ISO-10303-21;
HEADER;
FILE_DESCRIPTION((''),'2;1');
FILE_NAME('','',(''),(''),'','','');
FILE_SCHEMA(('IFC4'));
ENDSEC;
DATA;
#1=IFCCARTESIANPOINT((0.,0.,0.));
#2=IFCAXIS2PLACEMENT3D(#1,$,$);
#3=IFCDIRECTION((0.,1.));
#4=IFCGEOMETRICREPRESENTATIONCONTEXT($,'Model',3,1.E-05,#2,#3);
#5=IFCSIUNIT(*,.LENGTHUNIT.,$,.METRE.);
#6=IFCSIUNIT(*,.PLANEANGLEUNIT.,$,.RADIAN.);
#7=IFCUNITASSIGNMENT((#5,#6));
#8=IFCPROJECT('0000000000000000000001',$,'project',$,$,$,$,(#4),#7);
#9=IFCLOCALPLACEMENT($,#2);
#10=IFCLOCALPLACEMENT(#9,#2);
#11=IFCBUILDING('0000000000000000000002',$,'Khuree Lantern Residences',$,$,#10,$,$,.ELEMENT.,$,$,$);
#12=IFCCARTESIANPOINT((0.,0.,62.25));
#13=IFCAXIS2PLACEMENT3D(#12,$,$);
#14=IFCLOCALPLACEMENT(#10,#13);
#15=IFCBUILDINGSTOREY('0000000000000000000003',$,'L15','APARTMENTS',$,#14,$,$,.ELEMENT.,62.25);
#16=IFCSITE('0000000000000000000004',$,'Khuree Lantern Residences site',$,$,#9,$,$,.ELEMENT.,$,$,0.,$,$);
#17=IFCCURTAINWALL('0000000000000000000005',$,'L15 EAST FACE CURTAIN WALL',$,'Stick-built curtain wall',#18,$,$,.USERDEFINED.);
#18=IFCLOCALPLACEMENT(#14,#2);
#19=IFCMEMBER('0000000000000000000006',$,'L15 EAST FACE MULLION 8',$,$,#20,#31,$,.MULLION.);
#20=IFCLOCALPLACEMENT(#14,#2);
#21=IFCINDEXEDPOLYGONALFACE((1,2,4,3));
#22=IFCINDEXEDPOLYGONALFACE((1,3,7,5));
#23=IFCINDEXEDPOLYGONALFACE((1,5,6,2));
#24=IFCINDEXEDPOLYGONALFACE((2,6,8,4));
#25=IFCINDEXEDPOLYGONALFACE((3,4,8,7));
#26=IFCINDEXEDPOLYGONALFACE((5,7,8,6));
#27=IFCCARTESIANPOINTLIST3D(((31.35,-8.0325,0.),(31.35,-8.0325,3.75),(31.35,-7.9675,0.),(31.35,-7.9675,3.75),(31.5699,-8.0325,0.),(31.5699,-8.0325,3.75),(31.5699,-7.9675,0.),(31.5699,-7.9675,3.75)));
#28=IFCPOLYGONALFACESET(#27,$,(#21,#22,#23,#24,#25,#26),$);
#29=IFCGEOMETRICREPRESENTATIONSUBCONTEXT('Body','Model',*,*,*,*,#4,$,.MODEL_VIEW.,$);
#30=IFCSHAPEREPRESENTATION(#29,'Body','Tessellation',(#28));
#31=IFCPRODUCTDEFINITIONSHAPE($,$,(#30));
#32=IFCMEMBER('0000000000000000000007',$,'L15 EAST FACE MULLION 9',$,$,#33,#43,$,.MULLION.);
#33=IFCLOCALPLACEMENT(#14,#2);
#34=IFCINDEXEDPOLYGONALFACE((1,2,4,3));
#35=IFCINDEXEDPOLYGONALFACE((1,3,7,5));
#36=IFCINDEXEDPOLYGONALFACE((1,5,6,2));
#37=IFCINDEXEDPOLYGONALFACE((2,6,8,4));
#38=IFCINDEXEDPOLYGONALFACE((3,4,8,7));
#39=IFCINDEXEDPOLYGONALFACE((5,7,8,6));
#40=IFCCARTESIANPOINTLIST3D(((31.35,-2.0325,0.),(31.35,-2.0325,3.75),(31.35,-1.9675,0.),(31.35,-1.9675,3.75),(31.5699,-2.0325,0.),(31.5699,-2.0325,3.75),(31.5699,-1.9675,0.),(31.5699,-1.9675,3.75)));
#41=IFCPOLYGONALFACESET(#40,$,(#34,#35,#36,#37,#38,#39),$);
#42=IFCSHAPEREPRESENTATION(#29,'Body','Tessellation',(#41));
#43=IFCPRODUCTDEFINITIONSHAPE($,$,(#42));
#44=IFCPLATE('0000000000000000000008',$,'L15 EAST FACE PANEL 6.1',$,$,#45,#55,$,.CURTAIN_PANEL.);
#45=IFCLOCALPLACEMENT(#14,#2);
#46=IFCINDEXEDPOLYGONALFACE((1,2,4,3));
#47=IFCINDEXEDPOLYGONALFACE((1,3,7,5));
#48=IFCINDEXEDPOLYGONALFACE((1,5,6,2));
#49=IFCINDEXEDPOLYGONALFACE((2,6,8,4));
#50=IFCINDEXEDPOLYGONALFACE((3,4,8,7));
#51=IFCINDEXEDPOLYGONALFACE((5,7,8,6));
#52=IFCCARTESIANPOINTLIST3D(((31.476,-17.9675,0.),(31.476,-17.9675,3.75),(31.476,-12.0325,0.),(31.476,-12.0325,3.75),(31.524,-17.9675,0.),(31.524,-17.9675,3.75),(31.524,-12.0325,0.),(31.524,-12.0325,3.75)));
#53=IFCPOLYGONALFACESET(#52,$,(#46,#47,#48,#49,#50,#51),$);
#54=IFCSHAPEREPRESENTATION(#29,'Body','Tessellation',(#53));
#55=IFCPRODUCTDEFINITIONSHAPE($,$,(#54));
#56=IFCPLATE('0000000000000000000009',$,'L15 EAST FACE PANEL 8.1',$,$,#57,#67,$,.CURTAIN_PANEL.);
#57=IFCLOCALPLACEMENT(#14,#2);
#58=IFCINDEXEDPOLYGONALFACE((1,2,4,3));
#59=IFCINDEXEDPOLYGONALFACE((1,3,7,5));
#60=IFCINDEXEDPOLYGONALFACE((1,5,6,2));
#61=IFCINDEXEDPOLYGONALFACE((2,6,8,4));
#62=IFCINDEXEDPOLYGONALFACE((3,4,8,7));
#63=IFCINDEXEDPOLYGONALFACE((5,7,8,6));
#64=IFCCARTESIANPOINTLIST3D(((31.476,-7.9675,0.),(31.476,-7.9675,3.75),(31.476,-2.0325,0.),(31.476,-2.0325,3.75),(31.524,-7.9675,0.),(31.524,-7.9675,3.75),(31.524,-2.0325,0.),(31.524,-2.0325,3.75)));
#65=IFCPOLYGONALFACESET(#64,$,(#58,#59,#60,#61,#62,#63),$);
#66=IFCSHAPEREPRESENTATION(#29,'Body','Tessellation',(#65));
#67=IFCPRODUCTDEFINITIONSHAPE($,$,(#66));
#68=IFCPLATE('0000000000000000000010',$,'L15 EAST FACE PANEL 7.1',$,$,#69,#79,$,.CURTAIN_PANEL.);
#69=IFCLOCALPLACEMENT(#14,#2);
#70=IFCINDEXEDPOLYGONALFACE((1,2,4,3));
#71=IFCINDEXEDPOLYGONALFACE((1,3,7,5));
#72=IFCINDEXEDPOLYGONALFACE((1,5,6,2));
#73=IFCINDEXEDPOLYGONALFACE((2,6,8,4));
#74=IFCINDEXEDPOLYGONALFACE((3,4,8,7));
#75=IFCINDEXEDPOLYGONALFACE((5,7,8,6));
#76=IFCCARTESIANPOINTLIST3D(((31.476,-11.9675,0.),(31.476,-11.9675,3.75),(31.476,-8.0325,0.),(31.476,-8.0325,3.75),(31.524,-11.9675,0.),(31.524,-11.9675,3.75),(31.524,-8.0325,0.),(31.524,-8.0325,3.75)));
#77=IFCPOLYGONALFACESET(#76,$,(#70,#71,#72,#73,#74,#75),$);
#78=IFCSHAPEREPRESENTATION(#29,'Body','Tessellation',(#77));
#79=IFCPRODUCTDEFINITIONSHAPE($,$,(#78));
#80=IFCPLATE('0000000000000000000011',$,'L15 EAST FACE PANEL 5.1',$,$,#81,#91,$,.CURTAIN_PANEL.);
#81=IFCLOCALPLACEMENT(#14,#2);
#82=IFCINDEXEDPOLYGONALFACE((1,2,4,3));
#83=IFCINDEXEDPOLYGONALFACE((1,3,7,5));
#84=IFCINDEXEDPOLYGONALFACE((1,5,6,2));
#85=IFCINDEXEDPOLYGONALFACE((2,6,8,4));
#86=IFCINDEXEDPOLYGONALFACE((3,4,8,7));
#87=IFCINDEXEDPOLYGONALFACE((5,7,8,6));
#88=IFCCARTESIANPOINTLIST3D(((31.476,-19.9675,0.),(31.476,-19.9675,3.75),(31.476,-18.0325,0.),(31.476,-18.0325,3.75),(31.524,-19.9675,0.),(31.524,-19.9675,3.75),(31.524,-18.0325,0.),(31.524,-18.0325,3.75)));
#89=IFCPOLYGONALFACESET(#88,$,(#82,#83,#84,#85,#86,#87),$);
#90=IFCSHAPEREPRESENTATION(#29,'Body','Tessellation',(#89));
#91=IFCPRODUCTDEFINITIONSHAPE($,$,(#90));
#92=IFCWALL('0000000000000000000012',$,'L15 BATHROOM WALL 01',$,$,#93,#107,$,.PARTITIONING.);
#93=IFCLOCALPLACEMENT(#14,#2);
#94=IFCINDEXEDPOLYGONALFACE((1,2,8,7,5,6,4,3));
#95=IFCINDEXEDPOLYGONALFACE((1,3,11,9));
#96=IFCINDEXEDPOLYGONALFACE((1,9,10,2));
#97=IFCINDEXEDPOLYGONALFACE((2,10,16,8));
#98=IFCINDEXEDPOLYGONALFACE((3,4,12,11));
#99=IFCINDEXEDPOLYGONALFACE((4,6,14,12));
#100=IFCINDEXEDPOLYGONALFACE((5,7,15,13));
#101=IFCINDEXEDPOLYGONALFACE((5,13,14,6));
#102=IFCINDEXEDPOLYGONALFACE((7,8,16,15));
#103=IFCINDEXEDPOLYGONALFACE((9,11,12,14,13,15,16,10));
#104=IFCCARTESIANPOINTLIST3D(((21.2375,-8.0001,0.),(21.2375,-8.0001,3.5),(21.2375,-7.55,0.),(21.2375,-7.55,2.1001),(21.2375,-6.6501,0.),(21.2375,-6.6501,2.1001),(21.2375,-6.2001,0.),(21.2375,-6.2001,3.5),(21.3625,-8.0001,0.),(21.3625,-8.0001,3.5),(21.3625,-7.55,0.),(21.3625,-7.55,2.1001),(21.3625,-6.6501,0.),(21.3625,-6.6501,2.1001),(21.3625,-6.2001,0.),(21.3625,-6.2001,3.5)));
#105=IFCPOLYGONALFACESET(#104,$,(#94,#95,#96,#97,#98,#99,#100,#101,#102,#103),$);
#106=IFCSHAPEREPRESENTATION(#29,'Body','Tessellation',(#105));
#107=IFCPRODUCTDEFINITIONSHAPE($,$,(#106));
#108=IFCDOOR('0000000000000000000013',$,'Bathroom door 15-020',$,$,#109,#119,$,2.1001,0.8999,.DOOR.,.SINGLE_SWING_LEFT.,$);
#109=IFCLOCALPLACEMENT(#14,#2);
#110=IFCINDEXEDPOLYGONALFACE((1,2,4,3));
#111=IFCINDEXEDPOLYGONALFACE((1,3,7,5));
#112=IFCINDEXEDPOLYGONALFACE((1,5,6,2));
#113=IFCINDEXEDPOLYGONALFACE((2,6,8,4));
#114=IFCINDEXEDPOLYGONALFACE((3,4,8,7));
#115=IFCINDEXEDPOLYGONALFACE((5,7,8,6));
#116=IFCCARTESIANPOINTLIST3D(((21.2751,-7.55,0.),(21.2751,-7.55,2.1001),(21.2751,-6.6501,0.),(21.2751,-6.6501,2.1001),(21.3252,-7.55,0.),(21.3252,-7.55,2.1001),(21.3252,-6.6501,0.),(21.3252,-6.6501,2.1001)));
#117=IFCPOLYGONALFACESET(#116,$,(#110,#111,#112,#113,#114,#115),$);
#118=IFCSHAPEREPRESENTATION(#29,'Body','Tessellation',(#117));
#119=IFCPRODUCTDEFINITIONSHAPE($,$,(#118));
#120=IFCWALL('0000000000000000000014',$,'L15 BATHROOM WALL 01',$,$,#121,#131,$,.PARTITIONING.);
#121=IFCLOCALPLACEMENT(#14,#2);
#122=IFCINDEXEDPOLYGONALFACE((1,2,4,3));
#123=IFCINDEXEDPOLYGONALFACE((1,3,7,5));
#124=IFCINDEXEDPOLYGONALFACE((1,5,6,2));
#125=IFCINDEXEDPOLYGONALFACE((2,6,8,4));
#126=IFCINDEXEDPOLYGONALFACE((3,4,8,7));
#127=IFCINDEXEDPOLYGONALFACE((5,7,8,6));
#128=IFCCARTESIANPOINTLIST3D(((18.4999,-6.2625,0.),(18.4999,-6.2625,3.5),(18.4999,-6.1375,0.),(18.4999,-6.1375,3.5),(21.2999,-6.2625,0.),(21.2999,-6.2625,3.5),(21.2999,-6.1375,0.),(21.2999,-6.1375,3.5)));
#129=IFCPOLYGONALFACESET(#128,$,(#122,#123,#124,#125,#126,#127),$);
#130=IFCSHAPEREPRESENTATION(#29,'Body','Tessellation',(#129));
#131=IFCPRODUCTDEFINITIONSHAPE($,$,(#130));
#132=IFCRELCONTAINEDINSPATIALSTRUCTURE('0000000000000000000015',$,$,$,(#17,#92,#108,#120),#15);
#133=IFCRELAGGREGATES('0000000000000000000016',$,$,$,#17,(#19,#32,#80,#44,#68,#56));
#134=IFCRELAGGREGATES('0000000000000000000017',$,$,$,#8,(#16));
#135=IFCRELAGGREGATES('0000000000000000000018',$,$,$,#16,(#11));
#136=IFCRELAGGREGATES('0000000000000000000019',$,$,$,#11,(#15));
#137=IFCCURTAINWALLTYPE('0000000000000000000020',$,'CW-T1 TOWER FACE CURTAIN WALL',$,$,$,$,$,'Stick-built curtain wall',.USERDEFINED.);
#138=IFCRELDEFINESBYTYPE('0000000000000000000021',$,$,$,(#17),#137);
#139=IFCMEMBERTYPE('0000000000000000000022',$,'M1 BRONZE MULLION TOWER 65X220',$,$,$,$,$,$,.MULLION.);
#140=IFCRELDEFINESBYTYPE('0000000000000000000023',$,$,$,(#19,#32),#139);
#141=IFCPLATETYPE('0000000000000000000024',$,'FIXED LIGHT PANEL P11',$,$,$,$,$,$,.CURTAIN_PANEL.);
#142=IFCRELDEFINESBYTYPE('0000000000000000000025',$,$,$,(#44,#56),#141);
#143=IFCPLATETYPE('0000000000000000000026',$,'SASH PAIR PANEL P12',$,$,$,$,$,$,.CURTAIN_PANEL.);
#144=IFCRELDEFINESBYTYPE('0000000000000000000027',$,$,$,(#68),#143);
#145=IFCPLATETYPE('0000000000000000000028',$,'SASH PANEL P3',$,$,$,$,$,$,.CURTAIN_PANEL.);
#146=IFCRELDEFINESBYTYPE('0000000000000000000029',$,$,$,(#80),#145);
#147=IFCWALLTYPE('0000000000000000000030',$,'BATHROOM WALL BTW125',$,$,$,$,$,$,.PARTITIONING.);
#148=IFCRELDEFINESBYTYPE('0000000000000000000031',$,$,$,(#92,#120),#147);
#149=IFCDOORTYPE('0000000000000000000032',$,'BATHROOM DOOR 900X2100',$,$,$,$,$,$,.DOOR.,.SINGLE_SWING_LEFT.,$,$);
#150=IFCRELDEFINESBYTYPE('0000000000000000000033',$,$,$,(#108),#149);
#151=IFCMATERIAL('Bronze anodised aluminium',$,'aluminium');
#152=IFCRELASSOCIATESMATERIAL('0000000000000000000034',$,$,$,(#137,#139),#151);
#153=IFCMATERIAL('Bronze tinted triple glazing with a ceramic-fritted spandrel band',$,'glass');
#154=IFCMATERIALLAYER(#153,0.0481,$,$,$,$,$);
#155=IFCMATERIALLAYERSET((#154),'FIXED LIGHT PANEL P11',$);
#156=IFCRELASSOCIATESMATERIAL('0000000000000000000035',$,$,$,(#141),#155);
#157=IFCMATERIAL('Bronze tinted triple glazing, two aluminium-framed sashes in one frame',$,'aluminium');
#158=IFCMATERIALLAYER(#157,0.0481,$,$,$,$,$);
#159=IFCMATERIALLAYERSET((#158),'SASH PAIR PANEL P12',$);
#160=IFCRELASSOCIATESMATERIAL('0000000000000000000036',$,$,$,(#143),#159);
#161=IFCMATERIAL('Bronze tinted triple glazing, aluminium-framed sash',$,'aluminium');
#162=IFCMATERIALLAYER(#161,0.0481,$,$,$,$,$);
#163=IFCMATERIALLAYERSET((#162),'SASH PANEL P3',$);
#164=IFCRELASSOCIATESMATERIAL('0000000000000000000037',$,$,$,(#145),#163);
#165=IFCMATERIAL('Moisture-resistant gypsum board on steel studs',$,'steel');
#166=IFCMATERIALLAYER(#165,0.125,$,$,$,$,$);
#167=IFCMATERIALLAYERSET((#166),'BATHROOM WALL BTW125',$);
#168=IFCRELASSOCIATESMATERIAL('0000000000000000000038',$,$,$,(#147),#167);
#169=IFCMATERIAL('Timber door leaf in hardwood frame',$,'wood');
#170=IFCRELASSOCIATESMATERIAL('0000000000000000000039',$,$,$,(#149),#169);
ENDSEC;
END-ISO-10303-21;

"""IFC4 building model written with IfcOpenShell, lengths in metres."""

from ifc_helpers import new_model, si_unit, direction, frame, frame_2d, origin, origin_2d, place, context, subcontext, project, spatial, rectangle, extrude, material, layer, layer_set, material_profile, profile_set, type_object, element, fill, aggregate, save


model = new_model("IFC4")

# Units and contexts
model_context = context("Model", 3, precision=1e-05, world=origin(), true_north=direction((0.0, 1.0)))
body_context = subcontext(model_context, "Body", "Model", "MODEL_VIEW")
ifc_project = project(units=[si_unit("LENGTHUNIT", "METRE"), si_unit("PLANEANGLEUNIT", "RADIAN")], contexts=[model_context])

# Site, building, storey
site_placement = place(None, origin())
site = spatial("IfcSite", under=ifc_project, at=site_placement, Name="Khuree Lantern Residences site", CompositionType="ELEMENT", RefElevation=0.0)
building_placement = place(site_placement, origin())
building = spatial("IfcBuilding", under=site, at=building_placement, Name="Khuree Lantern Residences", CompositionType="ELEMENT")
storey_placement = place(building_placement, frame((0.0, 0.0, 62.25)))
storey = spatial("IfcBuildingStorey", under=building, at=storey_placement, Name="L15", Description="APARTMENTS", CompositionType="ELEMENT", Elevation=62.25)

# Curtain wall
ifc_material_1 = material(Name="Bronze anodised aluminium", Category="aluminium")
curtain_wall_type = type_object("IfcCurtainWallType", Name="CW-T1 TOWER FACE CURTAIN WALL", ElementType="Stick-built curtain wall", PredefinedType="USERDEFINED", material=ifc_material_1)
curtain_wall_placement = place(storey_placement, origin())
curtain_wall = element("IfcCurtainWall", 1, at=curtain_wall_placement, inside=storey, type_object=curtain_wall_type, Name="L15 EAST FACE CURTAIN WALL", ObjectType="Stick-built curtain wall", PredefinedType="USERDEFINED")

# Members
ifc_material_profile_1 = material_profile(ifc_material_1, rectangle(XDim=0.0649, YDim=0.22, at=origin_2d()), Name="M1 65X220")
ifc_profile_set_1 = profile_set([ifc_material_profile_1], Name="Bronze anodised aluminium")
member_type_1 = type_object("IfcMemberType", Name="M1 BRONZE MULLION TOWER 65X220", PredefinedType="MULLION", material=ifc_profile_set_1)
member_1_placement = place(storey_placement, frame((31.46, -8.0, 0.0), z_axis=(0.0, 0.0, 1.0), x_axis=(0.0, 1.0, 0.0)))
member_1 = element("IfcMember", 2, at=member_1_placement, type_object=member_type_1, Name="L15 EAST FACE MULLION 8", PredefinedType="MULLION", context=body_context, shape_type="SweptSolid", body=[
    extrude(rectangle(XDim=0.0649, YDim=0.22, at=origin_2d()), origin(), (0.0, 0.0, 1.0), 3.75),
])
member_2_placement = place(storey_placement, frame((31.46, -2.0, 0.0), z_axis=(0.0, 0.0, 1.0), x_axis=(0.0, 1.0, 0.0)))
member_2 = element("IfcMember", 3, at=member_2_placement, type_object=member_type_1, Name="L15 EAST FACE MULLION 9", PredefinedType="MULLION", context=body_context, shape_type="SweptSolid", body=[
    extrude(rectangle(XDim=0.0649, YDim=0.22, at=origin_2d()), origin(), (0.0, 0.0, 1.0), 3.75),
])

# Plates
ifc_material_2 = material(Name="Bronze tinted triple glazing with a ceramic-fritted spandrel band", Category="glass")
ifc_layer_1 = layer(ifc_material_2, 0.0481)
ifc_layer_set_1 = layer_set([ifc_layer_1], Name="FIXED LIGHT PANEL P11")
plate_type_1 = type_object("IfcPlateType", Name="FIXED LIGHT PANEL P11", PredefinedType="CURTAIN_PANEL", material=ifc_layer_set_1)
plate_1_placement = place(storey_placement, frame((31.5, -15.0, 0.0), z_axis=(0.0, 0.0, 1.0), x_axis=(0.0, 1.0, 0.0)))
plate_1 = element("IfcPlate", 4, at=plate_1_placement, type_object=plate_type_1, Name="L15 EAST FACE PANEL 6.1", PredefinedType="CURTAIN_PANEL", context=body_context, shape_type="SweptSolid", body=[
    extrude(rectangle(XDim=5.9351, YDim=0.0481, at=origin_2d()), origin(), (0.0, 0.0, 1.0), 3.75),
])
plate_2_placement = place(storey_placement, frame((31.5, -5.0, 0.0), z_axis=(0.0, 0.0, 1.0), x_axis=(0.0, 1.0, 0.0)))
plate_2 = element("IfcPlate", 5, at=plate_2_placement, type_object=plate_type_1, Name="L15 EAST FACE PANEL 8.1", PredefinedType="CURTAIN_PANEL", context=body_context, shape_type="SweptSolid", body=[
    extrude(rectangle(XDim=5.9351, YDim=0.0481, at=origin_2d()), origin(), (0.0, 0.0, 1.0), 3.75),
])
ifc_material_3 = material(Name="Bronze tinted triple glazing, two aluminium-framed sashes in one frame", Category="aluminium")
ifc_layer_2 = layer(ifc_material_3, 0.0481)
ifc_layer_set_2 = layer_set([ifc_layer_2], Name="SASH PAIR PANEL P12")
plate_type_2 = type_object("IfcPlateType", Name="SASH PAIR PANEL P12", PredefinedType="CURTAIN_PANEL", material=ifc_layer_set_2)
plate_3_placement = place(storey_placement, frame((31.5, -10.0, 0.0), z_axis=(0.0, 0.0, 1.0), x_axis=(0.0, 1.0, 0.0)))
plate_3 = element("IfcPlate", 6, at=plate_3_placement, type_object=plate_type_2, Name="L15 EAST FACE PANEL 7.1", PredefinedType="CURTAIN_PANEL", context=body_context, shape_type="SweptSolid", body=[
    extrude(rectangle(XDim=3.9351, YDim=0.0481, at=origin_2d()), origin(), (0.0, 0.0, 1.0), 3.75),
])
ifc_material_4 = material(Name="Bronze tinted triple glazing, aluminium-framed sash", Category="aluminium")
ifc_layer_3 = layer(ifc_material_4, 0.0481)
ifc_layer_set_3 = layer_set([ifc_layer_3], Name="SASH PANEL P3")
plate_type_3 = type_object("IfcPlateType", Name="SASH PANEL P3", PredefinedType="CURTAIN_PANEL", material=ifc_layer_set_3)
plate_4_placement = place(storey_placement, frame((31.5, -19.0, 0.0), z_axis=(0.0, 0.0, 1.0), x_axis=(0.0, 1.0, 0.0)))
plate_4 = element("IfcPlate", 7, at=plate_4_placement, type_object=plate_type_3, Name="L15 EAST FACE PANEL 5.1", PredefinedType="CURTAIN_PANEL", context=body_context, shape_type="SweptSolid", body=[
    extrude(rectangle(XDim=1.9351, YDim=0.0481, at=origin_2d()), origin(), (0.0, 0.0, 1.0), 3.75),
])
aggregate(curtain_wall, [member_1, member_2, plate_4, plate_1, plate_3, plate_2])

# Wall, opening, door
ifc_material_5 = material(Name="Moisture-resistant gypsum board on steel studs", Category="steel")
ifc_layer_4 = layer(ifc_material_5, 0.125)
ifc_layer_set_4 = layer_set([ifc_layer_4], Name="BATHROOM WALL BTW125")
wall_type_1 = type_object("IfcWallType", Name="BATHROOM WALL BTW125", PredefinedType="PARTITIONING", material=ifc_layer_set_4)
wall_1_placement = place(storey_placement, frame((21.3, -8.0, 0.0), z_axis=(0.0, 0.0, 1.0), x_axis=(0.0, 1.0, 0.0)))
wall_1 = element("IfcWall", 8, at=wall_1_placement, inside=storey, type_object=wall_type_1, Name="L15 BATHROOM WALL 01", PredefinedType="PARTITIONING", context=body_context, shape_type="SweptSolid", body=[
    extrude(rectangle(XDim=1.8, YDim=0.125, at=frame_2d((0.8999, 0.0))), origin(), (0.0, 0.0, 1.0), 3.5),
])
opening_1_placement = place(wall_1_placement, frame((0.45, 0.0, 0.0)))
opening_1 = element("IfcOpeningElement", 9, at=opening_1_placement, cuts=wall_1, PredefinedType="OPENING", context=body_context, shape_type="SweptSolid", body=[
    extrude(rectangle(XDim=0.8999, YDim=2.1001, at=frame_2d((0.45, 1.05))), frame((0.0, 0.0725, 0.0), z_axis=(0.0, -1.0, 0.0), x_axis=(1.0, 0.0, 0.0)), (0.0, 0.0, 1.0), 0.145),
])
ifc_material_6 = material(Name="Timber door leaf in hardwood frame", Category="wood")
door_type_1 = type_object("IfcDoorType", Name="BATHROOM DOOR 900X2100", OperationType="SINGLE_SWING_LEFT", PredefinedType="DOOR", material=ifc_material_6)
door_1_placement = place(opening_1_placement, origin())
door_1 = element("IfcDoor", 10, at=door_1_placement, inside=storey, type_object=door_type_1, Name="Bathroom door 15-020", OperationType="SINGLE_SWING_LEFT", OverallHeight=2.1001, OverallWidth=0.8999, PredefinedType="DOOR", context=body_context, shape_type="SweptSolid", body=[
    extrude(rectangle(XDim=0.8999, YDim=2.1001, at=frame_2d((0.45, 1.05))), frame((0.0, 0.0249, 0.0), z_axis=(0.0, -1.0, 0.0), x_axis=(1.0, 0.0, 0.0)), (0.0, 0.0, 1.0), 0.05),
])
fill(opening_1, door_1)

# Wall
wall_2_placement = place(storey_placement, frame((18.5, -6.2, 0.0), z_axis=(0.0, 0.0, 1.0), x_axis=(1.0, 0.0, 0.0)))
element("IfcWall", 11, at=wall_2_placement, inside=storey, type_object=wall_type_1, Name="L15 BATHROOM WALL 01", PredefinedType="PARTITIONING", context=body_context, shape_type="SweptSolid", body=[
    extrude(rectangle(XDim=2.8, YDim=0.125, at=frame_2d((1.3999, 0.0))), origin(), (0.0, 0.0, 1.0), 3.5),
])

save(model, "model.ifc")
